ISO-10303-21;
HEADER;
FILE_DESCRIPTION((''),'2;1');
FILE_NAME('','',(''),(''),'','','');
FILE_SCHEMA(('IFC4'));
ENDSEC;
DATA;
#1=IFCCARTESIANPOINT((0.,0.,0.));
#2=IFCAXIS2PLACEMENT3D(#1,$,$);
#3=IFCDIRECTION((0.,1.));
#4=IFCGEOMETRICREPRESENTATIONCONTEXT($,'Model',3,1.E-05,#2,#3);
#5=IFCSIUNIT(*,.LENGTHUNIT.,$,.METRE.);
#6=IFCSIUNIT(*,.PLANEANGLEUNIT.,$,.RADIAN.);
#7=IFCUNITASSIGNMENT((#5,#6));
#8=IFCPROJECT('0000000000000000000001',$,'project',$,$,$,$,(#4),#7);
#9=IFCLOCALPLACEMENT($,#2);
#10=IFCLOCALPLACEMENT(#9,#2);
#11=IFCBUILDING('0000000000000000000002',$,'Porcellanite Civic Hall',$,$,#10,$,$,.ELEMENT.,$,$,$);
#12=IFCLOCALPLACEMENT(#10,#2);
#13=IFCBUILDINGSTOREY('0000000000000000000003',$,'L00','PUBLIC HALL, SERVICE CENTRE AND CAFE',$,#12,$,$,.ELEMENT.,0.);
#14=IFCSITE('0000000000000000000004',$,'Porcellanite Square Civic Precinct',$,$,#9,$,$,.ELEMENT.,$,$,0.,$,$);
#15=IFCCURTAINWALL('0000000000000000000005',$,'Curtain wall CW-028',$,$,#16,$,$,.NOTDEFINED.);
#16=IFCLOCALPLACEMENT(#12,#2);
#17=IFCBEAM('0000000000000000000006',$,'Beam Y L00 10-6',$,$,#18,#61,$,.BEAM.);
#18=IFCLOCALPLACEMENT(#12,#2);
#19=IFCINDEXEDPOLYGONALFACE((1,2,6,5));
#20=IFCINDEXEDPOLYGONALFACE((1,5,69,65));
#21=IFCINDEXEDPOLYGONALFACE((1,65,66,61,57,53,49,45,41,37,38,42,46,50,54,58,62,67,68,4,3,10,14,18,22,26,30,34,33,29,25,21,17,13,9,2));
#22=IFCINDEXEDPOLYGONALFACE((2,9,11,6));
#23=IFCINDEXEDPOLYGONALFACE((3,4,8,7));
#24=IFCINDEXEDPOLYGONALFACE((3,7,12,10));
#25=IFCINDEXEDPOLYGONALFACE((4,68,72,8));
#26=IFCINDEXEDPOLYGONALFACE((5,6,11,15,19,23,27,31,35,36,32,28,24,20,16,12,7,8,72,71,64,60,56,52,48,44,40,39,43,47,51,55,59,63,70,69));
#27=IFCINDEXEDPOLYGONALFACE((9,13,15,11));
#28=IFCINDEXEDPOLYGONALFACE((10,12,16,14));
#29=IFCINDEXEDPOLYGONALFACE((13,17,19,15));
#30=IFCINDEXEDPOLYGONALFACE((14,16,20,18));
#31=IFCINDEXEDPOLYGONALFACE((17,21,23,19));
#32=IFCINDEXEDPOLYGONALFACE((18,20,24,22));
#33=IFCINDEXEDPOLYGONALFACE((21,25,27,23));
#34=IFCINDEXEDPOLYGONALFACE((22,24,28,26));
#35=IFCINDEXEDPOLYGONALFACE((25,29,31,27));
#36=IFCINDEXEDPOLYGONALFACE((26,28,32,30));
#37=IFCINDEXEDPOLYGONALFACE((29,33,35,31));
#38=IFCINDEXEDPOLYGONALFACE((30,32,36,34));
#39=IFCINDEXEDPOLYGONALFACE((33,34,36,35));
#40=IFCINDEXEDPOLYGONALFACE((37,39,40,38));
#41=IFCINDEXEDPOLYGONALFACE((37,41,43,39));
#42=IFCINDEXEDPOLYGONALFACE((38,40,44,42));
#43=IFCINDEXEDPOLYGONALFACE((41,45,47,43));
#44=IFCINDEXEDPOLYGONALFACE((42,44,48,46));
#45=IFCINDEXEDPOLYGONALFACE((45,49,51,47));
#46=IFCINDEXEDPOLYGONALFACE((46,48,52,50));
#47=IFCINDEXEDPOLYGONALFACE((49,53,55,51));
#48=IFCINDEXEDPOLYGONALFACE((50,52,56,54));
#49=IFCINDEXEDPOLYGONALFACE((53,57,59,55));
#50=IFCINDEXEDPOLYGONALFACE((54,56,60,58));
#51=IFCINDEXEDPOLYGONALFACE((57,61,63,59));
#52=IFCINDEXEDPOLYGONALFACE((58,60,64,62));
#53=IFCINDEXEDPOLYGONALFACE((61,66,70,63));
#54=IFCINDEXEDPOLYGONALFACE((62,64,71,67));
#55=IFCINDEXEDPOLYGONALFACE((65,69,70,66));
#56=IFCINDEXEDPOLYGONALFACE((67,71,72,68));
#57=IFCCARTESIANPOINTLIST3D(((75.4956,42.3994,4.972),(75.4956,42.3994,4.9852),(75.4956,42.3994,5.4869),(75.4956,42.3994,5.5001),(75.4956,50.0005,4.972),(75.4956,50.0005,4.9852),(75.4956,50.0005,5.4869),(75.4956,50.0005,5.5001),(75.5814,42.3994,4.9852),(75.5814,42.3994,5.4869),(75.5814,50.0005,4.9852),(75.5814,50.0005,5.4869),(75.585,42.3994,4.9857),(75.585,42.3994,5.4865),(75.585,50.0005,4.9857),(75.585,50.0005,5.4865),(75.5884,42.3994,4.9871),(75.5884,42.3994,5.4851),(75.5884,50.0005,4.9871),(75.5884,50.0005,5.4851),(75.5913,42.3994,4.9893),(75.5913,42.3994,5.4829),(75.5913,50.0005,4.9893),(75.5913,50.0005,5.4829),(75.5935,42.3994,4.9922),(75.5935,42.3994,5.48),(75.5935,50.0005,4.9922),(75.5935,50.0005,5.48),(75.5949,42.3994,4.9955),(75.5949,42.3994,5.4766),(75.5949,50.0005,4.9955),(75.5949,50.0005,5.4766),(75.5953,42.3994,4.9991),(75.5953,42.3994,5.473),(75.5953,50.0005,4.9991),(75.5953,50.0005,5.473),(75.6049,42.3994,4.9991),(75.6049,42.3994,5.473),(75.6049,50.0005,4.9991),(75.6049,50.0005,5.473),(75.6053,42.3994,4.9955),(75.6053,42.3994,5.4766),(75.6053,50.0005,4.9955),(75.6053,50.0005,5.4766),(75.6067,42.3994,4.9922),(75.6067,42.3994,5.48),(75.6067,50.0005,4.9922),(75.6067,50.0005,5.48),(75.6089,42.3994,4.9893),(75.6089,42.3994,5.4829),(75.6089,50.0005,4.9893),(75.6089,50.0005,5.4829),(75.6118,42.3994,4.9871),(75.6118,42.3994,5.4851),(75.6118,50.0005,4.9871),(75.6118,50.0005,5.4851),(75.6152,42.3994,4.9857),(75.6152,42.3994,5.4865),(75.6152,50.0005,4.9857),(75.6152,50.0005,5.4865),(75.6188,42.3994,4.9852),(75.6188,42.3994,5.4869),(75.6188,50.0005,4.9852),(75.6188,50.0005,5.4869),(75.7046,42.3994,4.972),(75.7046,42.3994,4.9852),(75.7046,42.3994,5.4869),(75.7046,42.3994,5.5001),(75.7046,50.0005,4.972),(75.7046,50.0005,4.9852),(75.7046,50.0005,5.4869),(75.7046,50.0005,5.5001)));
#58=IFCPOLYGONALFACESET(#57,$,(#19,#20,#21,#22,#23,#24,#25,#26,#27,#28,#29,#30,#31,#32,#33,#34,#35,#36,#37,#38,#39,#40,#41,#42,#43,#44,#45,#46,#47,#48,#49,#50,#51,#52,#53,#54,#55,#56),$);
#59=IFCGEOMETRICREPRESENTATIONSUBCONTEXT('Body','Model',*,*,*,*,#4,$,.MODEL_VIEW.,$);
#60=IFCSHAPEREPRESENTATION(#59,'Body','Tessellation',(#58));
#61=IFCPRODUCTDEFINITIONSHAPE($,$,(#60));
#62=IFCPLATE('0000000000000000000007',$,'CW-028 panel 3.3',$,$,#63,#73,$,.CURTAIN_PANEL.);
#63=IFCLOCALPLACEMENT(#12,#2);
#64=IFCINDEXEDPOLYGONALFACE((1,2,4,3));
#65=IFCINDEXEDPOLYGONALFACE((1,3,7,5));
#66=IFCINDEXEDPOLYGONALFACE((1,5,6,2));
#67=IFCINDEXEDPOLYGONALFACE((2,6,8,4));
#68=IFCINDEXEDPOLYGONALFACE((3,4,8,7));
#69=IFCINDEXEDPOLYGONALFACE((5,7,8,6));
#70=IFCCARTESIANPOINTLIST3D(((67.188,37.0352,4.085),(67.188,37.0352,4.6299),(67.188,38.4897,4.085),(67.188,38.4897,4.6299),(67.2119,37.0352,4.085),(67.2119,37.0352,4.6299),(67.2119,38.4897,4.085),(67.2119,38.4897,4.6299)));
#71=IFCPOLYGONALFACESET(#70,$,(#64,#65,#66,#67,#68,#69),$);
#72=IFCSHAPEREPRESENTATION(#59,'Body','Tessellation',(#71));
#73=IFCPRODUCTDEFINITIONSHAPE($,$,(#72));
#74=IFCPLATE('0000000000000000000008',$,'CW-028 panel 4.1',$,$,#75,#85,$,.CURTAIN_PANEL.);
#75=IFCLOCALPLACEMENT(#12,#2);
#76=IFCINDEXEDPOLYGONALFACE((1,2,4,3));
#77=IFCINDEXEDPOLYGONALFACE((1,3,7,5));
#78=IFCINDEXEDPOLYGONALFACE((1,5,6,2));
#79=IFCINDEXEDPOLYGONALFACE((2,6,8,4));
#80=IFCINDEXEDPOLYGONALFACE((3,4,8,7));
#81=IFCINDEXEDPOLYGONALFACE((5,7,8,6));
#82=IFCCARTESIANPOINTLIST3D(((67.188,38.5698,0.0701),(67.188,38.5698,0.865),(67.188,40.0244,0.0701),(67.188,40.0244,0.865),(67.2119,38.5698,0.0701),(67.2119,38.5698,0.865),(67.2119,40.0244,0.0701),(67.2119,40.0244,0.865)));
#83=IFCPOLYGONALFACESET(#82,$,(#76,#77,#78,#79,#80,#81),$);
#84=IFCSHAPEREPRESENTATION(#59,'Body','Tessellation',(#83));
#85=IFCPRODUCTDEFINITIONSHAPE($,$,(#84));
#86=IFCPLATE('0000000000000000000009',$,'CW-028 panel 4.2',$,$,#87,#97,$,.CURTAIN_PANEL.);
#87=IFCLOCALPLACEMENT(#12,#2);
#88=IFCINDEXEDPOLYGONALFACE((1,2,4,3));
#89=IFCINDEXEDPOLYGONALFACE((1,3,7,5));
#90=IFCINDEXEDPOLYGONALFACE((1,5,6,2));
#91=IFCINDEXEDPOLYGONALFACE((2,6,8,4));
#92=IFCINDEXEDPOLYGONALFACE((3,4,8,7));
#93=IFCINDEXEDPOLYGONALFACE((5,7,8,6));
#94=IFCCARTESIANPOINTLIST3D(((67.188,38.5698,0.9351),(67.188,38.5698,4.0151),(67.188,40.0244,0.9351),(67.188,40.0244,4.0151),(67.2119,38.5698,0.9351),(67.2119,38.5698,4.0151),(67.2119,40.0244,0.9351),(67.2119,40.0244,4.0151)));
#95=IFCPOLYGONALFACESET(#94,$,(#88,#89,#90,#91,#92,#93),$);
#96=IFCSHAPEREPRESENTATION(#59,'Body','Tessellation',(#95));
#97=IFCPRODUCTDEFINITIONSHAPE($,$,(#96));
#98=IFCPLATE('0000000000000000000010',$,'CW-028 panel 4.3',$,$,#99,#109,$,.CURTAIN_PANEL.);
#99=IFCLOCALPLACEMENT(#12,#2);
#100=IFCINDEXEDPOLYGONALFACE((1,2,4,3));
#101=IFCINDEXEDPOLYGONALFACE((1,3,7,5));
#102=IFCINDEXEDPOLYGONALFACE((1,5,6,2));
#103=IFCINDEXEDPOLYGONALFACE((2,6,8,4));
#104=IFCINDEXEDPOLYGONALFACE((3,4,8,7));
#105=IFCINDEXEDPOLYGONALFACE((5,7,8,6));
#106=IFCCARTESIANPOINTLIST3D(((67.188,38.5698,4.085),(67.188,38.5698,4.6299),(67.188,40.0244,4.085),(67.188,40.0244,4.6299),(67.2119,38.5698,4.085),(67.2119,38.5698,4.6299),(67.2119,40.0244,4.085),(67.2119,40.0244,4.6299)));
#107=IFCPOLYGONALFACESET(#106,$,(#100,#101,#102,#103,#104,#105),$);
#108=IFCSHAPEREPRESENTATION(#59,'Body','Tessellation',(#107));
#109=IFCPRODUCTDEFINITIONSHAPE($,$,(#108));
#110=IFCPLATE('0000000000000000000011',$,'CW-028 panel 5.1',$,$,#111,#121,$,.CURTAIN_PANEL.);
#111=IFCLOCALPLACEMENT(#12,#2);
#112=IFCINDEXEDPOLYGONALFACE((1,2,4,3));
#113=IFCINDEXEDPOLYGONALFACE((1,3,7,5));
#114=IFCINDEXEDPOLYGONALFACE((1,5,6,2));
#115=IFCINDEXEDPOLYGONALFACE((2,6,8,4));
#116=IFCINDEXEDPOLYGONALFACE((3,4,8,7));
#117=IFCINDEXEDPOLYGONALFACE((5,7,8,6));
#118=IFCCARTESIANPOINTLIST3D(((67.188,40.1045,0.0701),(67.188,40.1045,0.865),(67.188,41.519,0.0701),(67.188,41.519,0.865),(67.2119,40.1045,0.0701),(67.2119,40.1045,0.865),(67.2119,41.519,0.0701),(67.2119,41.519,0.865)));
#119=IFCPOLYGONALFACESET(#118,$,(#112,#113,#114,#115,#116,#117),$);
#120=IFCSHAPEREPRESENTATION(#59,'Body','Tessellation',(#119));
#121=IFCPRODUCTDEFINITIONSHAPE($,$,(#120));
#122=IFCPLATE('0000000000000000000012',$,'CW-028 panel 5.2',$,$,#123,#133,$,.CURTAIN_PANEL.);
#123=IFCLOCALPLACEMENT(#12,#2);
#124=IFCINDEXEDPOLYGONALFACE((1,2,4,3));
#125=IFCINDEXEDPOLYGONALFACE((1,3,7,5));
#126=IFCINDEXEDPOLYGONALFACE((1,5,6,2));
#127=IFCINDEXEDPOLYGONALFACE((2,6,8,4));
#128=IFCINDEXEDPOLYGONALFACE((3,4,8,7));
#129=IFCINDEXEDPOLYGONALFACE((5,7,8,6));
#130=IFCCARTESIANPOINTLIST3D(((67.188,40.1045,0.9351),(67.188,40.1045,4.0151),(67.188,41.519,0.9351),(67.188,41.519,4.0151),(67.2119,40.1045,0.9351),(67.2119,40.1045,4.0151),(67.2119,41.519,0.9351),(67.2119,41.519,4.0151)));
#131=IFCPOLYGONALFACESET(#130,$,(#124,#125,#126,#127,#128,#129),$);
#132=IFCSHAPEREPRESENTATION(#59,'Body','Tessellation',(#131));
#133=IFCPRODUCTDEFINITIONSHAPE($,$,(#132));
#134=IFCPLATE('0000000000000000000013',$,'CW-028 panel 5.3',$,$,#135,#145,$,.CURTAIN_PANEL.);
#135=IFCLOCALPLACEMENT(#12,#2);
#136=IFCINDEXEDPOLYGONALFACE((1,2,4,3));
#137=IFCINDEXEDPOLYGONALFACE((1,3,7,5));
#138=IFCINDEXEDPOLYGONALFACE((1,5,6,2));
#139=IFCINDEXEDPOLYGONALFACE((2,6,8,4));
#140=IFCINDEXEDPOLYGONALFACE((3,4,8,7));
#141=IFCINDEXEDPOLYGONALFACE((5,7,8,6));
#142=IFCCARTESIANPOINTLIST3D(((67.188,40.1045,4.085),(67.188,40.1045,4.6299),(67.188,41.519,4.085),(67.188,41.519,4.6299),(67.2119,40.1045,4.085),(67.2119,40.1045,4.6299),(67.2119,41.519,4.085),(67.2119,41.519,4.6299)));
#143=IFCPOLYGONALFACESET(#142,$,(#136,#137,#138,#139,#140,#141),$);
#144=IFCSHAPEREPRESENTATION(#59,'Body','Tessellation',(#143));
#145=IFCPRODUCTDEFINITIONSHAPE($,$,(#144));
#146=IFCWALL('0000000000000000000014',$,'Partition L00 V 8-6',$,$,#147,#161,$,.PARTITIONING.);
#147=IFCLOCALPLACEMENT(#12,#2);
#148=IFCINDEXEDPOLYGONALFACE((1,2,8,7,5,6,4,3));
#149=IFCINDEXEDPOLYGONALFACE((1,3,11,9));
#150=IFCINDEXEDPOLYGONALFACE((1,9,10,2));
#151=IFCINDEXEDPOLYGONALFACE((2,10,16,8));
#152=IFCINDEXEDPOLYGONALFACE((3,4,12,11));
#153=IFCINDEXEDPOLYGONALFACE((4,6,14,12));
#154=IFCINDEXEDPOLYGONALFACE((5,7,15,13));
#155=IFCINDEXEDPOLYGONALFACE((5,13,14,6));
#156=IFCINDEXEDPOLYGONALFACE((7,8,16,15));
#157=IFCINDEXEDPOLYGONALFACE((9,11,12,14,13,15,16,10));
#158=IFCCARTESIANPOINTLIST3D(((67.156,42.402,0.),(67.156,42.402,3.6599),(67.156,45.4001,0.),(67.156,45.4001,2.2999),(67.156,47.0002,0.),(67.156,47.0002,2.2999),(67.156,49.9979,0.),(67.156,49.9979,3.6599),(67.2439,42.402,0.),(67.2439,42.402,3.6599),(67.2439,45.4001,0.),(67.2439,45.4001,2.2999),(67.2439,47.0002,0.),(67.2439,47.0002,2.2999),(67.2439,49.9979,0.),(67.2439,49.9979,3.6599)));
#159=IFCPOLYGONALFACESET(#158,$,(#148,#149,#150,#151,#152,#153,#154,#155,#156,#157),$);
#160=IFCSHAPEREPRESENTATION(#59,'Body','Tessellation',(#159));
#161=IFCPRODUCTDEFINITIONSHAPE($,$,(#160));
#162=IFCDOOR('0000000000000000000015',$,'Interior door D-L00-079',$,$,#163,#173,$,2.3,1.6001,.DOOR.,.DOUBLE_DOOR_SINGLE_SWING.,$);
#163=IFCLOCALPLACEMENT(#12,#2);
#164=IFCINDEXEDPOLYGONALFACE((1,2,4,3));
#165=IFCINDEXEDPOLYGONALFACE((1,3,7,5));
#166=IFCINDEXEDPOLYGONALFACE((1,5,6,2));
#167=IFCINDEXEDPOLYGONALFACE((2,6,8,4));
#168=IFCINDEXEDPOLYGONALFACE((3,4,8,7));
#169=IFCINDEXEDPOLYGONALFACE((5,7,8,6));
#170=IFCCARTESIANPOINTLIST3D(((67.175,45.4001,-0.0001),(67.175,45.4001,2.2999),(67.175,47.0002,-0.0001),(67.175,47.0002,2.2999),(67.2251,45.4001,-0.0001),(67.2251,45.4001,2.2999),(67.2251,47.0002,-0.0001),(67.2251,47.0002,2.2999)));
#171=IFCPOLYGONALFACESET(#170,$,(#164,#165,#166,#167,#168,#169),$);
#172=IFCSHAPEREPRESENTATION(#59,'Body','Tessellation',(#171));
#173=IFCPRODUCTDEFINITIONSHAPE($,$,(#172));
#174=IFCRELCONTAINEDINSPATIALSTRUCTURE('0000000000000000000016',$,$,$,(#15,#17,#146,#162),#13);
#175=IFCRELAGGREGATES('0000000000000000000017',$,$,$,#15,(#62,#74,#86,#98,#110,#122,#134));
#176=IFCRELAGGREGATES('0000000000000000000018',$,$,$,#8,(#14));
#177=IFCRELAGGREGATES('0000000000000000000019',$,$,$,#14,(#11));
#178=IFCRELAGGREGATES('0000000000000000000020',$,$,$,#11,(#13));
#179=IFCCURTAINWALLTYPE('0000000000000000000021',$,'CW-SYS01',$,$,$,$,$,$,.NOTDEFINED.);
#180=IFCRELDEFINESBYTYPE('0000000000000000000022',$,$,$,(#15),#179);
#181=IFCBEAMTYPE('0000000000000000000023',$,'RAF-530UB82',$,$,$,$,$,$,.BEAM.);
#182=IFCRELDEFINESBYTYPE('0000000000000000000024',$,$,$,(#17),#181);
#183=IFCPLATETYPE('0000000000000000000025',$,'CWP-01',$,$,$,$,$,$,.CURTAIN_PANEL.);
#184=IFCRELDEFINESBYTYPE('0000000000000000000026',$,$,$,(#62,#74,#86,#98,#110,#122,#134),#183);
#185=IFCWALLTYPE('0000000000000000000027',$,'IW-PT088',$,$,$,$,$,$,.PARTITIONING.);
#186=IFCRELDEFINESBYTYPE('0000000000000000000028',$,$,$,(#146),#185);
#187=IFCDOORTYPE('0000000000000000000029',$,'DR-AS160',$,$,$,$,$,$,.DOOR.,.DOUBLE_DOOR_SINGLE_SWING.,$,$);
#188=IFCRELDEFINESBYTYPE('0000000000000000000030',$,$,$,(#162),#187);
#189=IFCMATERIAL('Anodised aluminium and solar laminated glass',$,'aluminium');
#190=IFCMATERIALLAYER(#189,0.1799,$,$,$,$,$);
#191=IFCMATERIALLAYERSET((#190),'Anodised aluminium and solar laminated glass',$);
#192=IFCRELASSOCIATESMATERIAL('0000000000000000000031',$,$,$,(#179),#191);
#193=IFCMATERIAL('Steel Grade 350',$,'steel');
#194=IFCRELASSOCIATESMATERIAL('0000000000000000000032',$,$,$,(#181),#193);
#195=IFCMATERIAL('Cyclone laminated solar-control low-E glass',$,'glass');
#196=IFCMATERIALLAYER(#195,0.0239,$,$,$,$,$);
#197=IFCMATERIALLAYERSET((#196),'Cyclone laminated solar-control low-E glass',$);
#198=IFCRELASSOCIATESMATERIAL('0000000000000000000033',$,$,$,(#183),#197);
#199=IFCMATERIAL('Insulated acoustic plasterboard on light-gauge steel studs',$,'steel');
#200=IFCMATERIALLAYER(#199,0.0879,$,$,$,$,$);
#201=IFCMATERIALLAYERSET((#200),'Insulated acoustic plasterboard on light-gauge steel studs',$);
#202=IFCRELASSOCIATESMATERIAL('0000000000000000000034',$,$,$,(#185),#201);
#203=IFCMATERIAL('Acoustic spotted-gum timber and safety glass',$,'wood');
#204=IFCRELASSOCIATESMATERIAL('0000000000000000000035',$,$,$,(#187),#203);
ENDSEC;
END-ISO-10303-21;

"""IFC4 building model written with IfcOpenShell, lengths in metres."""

from ifc_helpers import new_model, si_unit, direction, frame, frame_2d, origin, origin_2d, place, context, subcontext, project, spatial, rectangle, i_section, extrude, material, layer, layer_set, material_profile, profile_set, type_object, element, fill, aggregate, save


model = new_model("IFC4")

# Units and contexts
model_context = context("Model", 3, precision=1e-05, world=origin(), true_north=direction((0.0, 1.0)))
body_context = subcontext(model_context, "Body", "Model", "MODEL_VIEW")
ifc_project = project(units=[si_unit("LENGTHUNIT", "METRE"), si_unit("PLANEANGLEUNIT", "RADIAN")], contexts=[model_context])

# Site, building, storey
site_placement = place(None, origin())
site = spatial("IfcSite", under=ifc_project, at=site_placement, Name="Porcellanite Square Civic Precinct", CompositionType="ELEMENT", RefElevation=0.0)
building_placement = place(site_placement, origin())
building = spatial("IfcBuilding", under=site, at=building_placement, Name="Porcellanite Civic Hall", CompositionType="ELEMENT")
storey_placement = place(building_placement, origin())
storey = spatial("IfcBuildingStorey", under=building, at=storey_placement, Name="L00", Description="PUBLIC HALL, SERVICE CENTRE AND CAFE", CompositionType="ELEMENT", Elevation=0.0)

# Curtain wall
ifc_material_1 = material(Name="Anodised aluminium and solar laminated glass", Category="aluminium")
ifc_layer_1 = layer(ifc_material_1, 0.1799)
ifc_layer_set_1 = layer_set([ifc_layer_1], Name="Anodised aluminium and solar laminated glass")
curtain_wall_type = type_object("IfcCurtainWallType", Name="CW-SYS01", PredefinedType="NOTDEFINED", material=ifc_layer_set_1)
curtain_wall_placement = place(storey_placement, origin())
curtain_wall = element("IfcCurtainWall", 1, at=curtain_wall_placement, inside=storey, type_object=curtain_wall_type, Name="Curtain wall CW-028", PredefinedType="NOTDEFINED")

# Beam
ifc_material_2 = material(Name="Steel Grade 350", Category="steel")
ifc_material_profile_1 = material_profile(ifc_material_2, i_section(OverallWidth=0.209, OverallDepth=0.5281, WebThickness=0.0095, FlangeThickness=0.0132, FilletRadius=0.0139, at=origin_2d()), Name="530UB82.0")
ifc_profile_set_1 = profile_set([ifc_material_profile_1], Name="Steel Grade 350")
beam_type_1 = type_object("IfcBeamType", Name="RAF-530UB82", PredefinedType="BEAM", material=ifc_profile_set_1)
beam_1_placement = place(storey_placement, frame((75.6001, 42.3994, 5.2361), z_axis=(0.0, 1.0, 0.0), x_axis=(-1.0, 0.0, 0.0)))
element("IfcBeam", 2, at=beam_1_placement, inside=storey, type_object=beam_type_1, Name="Beam Y L00 10-6", PredefinedType="BEAM", context=body_context, shape_type="SweptSolid", body=[
    extrude(i_section(OverallWidth=0.209, OverallDepth=0.5281, WebThickness=0.0095, FlangeThickness=0.0132, FilletRadius=0.0139, at=origin_2d()), origin(), (0.0, 0.0, 1.0), 7.6011),
])

# Plates
ifc_material_3 = material(Name="Cyclone laminated solar-control low-E glass", Category="glass")
ifc_layer_2 = layer(ifc_material_3, 0.0239)
ifc_layer_set_2 = layer_set([ifc_layer_2], Name="Cyclone laminated solar-control low-E glass")
plate_type = type_object("IfcPlateType", Name="CWP-01", PredefinedType="CURTAIN_PANEL", material=ifc_layer_set_2)
plate_1_placement = place(storey_placement, frame((67.2, 37.7625, 4.085), z_axis=(0.0, 0.0, 1.0), x_axis=(0.0, 1.0, 0.0)))
plate_1 = element("IfcPlate", 3, at=plate_1_placement, type_object=plate_type, Name="CW-028 panel 3.3", PredefinedType="CURTAIN_PANEL", context=body_context, shape_type="SweptSolid", body=[
    extrude(rectangle(XDim=1.4546, YDim=0.0239, at=origin_2d()), origin(), (0.0, 0.0, 1.0), 0.5449),
])
plate_2_placement = place(storey_placement, frame((67.2, 39.2971, 0.0701), z_axis=(0.0, 0.0, 1.0), x_axis=(0.0, 1.0, 0.0)))
plate_2 = element("IfcPlate", 4, at=plate_2_placement, type_object=plate_type, Name="CW-028 panel 4.1", PredefinedType="CURTAIN_PANEL", context=body_context, shape_type="SweptSolid", body=[
    extrude(rectangle(XDim=1.4546, YDim=0.0239, at=origin_2d()), origin(), (0.0, 0.0, 1.0), 0.7949),
])
plate_3_placement = place(storey_placement, frame((67.2, 39.2971, 0.9351), z_axis=(0.0, 0.0, 1.0), x_axis=(0.0, 1.0, 0.0)))
plate_3 = element("IfcPlate", 5, at=plate_3_placement, type_object=plate_type, Name="CW-028 panel 4.2", PredefinedType="CURTAIN_PANEL", context=body_context, shape_type="SweptSolid", body=[
    extrude(rectangle(XDim=1.4546, YDim=0.0239, at=origin_2d()), origin(), (0.0, 0.0, 1.0), 3.0801),
])
plate_4_placement = place(storey_placement, frame((67.2, 39.2971, 4.085), z_axis=(0.0, 0.0, 1.0), x_axis=(0.0, 1.0, 0.0)))
plate_4 = element("IfcPlate", 6, at=plate_4_placement, type_object=plate_type, Name="CW-028 panel 4.3", PredefinedType="CURTAIN_PANEL", context=body_context, shape_type="SweptSolid", body=[
    extrude(rectangle(XDim=1.4546, YDim=0.0239, at=origin_2d()), origin(), (0.0, 0.0, 1.0), 0.5449),
])
plate_5_placement = place(storey_placement, frame((67.2, 40.8118, 0.0701), z_axis=(0.0, 0.0, 1.0), x_axis=(0.0, 1.0, 0.0)))
plate_5 = element("IfcPlate", 7, at=plate_5_placement, type_object=plate_type, Name="CW-028 panel 5.1", PredefinedType="CURTAIN_PANEL", context=body_context, shape_type="SweptSolid", body=[
    extrude(rectangle(XDim=1.4146, YDim=0.0239, at=origin_2d()), origin(), (0.0, 0.0, 1.0), 0.7949),
])
plate_6_placement = place(storey_placement, frame((67.2, 40.8118, 0.9351), z_axis=(0.0, 0.0, 1.0), x_axis=(0.0, 1.0, 0.0)))
plate_6 = element("IfcPlate", 8, at=plate_6_placement, type_object=plate_type, Name="CW-028 panel 5.2", PredefinedType="CURTAIN_PANEL", context=body_context, shape_type="SweptSolid", body=[
    extrude(rectangle(XDim=1.4146, YDim=0.0239, at=origin_2d()), origin(), (0.0, 0.0, 1.0), 3.0801),
])
plate_7_placement = place(storey_placement, frame((67.2, 40.8118, 4.085), z_axis=(0.0, 0.0, 1.0), x_axis=(0.0, 1.0, 0.0)))
plate_7 = element("IfcPlate", 9, at=plate_7_placement, type_object=plate_type, Name="CW-028 panel 5.3", PredefinedType="CURTAIN_PANEL", context=body_context, shape_type="SweptSolid", body=[
    extrude(rectangle(XDim=1.4146, YDim=0.0239, at=origin_2d()), origin(), (0.0, 0.0, 1.0), 0.5449),
])
aggregate(curtain_wall, [plate_1, plate_2, plate_3, plate_4, plate_5, plate_6, plate_7])

# Wall, opening, door
ifc_material_4 = material(Name="Insulated acoustic plasterboard on light-gauge steel studs", Category="steel")
ifc_layer_3 = layer(ifc_material_4, 0.0879)
ifc_layer_set_3 = layer_set([ifc_layer_3], Name="Insulated acoustic plasterboard on light-gauge steel studs")
wall_type_1 = type_object("IfcWallType", Name="IW-PT088", PredefinedType="PARTITIONING", material=ifc_layer_set_3)
wall_1_placement = place(storey_placement, frame((67.2, 42.4021, 0.0), z_axis=(0.0, 0.0, 1.0), x_axis=(0.0, 1.0, 0.0)))
wall_1 = element("IfcWall", 10, at=wall_1_placement, inside=storey, type_object=wall_type_1, Name="Partition L00 V 8-6", PredefinedType="PARTITIONING", context=body_context, shape_type="SweptSolid", body=[
    extrude(rectangle(XDim=7.5959, YDim=0.0879, at=frame_2d((3.7979, 0.0))), origin(), (0.0, 0.0, 1.0), 3.6599),
])
opening_1_placement = place(wall_1_placement, frame((2.998, 0.0, 0.0)))
opening_1 = element("IfcOpeningElement", 11, at=opening_1_placement, cuts=wall_1, PredefinedType="OPENING", context=body_context, shape_type="SweptSolid", body=[
    extrude(rectangle(XDim=1.6001, YDim=2.3, at=frame_2d((0.8, 1.1499))), frame((0.0, 0.0439, 0.0), z_axis=(0.0, -1.0, 0.0), x_axis=(1.0, 0.0, 0.0)), (0.0, 0.0, 1.0), 0.0879),
])
ifc_material_5 = material(Name="Acoustic spotted-gum timber and safety glass", Category="wood")
door_type_1 = type_object("IfcDoorType", Name="DR-AS160", OperationType="DOUBLE_DOOR_SINGLE_SWING", PredefinedType="DOOR", material=ifc_material_5)
door_1_placement = place(opening_1_placement, origin())
door_1 = element("IfcDoor", 12, at=door_1_placement, inside=storey, type_object=door_type_1, Name="Interior door D-L00-079", OperationType="DOUBLE_DOOR_SINGLE_SWING", OverallHeight=2.3, OverallWidth=1.6001, PredefinedType="DOOR", context=body_context, shape_type="SweptSolid", body=[
    extrude(rectangle(XDim=1.6001, YDim=2.3, at=frame_2d((0.8, 1.1499))), frame((0.0, 0.0249, 0.0), z_axis=(0.0, -1.0, 0.0), x_axis=(1.0, 0.0, 0.0)), (0.0, 0.0, 1.0), 0.05),
])
fill(opening_1, door_1)

save(model, "model.ifc")
